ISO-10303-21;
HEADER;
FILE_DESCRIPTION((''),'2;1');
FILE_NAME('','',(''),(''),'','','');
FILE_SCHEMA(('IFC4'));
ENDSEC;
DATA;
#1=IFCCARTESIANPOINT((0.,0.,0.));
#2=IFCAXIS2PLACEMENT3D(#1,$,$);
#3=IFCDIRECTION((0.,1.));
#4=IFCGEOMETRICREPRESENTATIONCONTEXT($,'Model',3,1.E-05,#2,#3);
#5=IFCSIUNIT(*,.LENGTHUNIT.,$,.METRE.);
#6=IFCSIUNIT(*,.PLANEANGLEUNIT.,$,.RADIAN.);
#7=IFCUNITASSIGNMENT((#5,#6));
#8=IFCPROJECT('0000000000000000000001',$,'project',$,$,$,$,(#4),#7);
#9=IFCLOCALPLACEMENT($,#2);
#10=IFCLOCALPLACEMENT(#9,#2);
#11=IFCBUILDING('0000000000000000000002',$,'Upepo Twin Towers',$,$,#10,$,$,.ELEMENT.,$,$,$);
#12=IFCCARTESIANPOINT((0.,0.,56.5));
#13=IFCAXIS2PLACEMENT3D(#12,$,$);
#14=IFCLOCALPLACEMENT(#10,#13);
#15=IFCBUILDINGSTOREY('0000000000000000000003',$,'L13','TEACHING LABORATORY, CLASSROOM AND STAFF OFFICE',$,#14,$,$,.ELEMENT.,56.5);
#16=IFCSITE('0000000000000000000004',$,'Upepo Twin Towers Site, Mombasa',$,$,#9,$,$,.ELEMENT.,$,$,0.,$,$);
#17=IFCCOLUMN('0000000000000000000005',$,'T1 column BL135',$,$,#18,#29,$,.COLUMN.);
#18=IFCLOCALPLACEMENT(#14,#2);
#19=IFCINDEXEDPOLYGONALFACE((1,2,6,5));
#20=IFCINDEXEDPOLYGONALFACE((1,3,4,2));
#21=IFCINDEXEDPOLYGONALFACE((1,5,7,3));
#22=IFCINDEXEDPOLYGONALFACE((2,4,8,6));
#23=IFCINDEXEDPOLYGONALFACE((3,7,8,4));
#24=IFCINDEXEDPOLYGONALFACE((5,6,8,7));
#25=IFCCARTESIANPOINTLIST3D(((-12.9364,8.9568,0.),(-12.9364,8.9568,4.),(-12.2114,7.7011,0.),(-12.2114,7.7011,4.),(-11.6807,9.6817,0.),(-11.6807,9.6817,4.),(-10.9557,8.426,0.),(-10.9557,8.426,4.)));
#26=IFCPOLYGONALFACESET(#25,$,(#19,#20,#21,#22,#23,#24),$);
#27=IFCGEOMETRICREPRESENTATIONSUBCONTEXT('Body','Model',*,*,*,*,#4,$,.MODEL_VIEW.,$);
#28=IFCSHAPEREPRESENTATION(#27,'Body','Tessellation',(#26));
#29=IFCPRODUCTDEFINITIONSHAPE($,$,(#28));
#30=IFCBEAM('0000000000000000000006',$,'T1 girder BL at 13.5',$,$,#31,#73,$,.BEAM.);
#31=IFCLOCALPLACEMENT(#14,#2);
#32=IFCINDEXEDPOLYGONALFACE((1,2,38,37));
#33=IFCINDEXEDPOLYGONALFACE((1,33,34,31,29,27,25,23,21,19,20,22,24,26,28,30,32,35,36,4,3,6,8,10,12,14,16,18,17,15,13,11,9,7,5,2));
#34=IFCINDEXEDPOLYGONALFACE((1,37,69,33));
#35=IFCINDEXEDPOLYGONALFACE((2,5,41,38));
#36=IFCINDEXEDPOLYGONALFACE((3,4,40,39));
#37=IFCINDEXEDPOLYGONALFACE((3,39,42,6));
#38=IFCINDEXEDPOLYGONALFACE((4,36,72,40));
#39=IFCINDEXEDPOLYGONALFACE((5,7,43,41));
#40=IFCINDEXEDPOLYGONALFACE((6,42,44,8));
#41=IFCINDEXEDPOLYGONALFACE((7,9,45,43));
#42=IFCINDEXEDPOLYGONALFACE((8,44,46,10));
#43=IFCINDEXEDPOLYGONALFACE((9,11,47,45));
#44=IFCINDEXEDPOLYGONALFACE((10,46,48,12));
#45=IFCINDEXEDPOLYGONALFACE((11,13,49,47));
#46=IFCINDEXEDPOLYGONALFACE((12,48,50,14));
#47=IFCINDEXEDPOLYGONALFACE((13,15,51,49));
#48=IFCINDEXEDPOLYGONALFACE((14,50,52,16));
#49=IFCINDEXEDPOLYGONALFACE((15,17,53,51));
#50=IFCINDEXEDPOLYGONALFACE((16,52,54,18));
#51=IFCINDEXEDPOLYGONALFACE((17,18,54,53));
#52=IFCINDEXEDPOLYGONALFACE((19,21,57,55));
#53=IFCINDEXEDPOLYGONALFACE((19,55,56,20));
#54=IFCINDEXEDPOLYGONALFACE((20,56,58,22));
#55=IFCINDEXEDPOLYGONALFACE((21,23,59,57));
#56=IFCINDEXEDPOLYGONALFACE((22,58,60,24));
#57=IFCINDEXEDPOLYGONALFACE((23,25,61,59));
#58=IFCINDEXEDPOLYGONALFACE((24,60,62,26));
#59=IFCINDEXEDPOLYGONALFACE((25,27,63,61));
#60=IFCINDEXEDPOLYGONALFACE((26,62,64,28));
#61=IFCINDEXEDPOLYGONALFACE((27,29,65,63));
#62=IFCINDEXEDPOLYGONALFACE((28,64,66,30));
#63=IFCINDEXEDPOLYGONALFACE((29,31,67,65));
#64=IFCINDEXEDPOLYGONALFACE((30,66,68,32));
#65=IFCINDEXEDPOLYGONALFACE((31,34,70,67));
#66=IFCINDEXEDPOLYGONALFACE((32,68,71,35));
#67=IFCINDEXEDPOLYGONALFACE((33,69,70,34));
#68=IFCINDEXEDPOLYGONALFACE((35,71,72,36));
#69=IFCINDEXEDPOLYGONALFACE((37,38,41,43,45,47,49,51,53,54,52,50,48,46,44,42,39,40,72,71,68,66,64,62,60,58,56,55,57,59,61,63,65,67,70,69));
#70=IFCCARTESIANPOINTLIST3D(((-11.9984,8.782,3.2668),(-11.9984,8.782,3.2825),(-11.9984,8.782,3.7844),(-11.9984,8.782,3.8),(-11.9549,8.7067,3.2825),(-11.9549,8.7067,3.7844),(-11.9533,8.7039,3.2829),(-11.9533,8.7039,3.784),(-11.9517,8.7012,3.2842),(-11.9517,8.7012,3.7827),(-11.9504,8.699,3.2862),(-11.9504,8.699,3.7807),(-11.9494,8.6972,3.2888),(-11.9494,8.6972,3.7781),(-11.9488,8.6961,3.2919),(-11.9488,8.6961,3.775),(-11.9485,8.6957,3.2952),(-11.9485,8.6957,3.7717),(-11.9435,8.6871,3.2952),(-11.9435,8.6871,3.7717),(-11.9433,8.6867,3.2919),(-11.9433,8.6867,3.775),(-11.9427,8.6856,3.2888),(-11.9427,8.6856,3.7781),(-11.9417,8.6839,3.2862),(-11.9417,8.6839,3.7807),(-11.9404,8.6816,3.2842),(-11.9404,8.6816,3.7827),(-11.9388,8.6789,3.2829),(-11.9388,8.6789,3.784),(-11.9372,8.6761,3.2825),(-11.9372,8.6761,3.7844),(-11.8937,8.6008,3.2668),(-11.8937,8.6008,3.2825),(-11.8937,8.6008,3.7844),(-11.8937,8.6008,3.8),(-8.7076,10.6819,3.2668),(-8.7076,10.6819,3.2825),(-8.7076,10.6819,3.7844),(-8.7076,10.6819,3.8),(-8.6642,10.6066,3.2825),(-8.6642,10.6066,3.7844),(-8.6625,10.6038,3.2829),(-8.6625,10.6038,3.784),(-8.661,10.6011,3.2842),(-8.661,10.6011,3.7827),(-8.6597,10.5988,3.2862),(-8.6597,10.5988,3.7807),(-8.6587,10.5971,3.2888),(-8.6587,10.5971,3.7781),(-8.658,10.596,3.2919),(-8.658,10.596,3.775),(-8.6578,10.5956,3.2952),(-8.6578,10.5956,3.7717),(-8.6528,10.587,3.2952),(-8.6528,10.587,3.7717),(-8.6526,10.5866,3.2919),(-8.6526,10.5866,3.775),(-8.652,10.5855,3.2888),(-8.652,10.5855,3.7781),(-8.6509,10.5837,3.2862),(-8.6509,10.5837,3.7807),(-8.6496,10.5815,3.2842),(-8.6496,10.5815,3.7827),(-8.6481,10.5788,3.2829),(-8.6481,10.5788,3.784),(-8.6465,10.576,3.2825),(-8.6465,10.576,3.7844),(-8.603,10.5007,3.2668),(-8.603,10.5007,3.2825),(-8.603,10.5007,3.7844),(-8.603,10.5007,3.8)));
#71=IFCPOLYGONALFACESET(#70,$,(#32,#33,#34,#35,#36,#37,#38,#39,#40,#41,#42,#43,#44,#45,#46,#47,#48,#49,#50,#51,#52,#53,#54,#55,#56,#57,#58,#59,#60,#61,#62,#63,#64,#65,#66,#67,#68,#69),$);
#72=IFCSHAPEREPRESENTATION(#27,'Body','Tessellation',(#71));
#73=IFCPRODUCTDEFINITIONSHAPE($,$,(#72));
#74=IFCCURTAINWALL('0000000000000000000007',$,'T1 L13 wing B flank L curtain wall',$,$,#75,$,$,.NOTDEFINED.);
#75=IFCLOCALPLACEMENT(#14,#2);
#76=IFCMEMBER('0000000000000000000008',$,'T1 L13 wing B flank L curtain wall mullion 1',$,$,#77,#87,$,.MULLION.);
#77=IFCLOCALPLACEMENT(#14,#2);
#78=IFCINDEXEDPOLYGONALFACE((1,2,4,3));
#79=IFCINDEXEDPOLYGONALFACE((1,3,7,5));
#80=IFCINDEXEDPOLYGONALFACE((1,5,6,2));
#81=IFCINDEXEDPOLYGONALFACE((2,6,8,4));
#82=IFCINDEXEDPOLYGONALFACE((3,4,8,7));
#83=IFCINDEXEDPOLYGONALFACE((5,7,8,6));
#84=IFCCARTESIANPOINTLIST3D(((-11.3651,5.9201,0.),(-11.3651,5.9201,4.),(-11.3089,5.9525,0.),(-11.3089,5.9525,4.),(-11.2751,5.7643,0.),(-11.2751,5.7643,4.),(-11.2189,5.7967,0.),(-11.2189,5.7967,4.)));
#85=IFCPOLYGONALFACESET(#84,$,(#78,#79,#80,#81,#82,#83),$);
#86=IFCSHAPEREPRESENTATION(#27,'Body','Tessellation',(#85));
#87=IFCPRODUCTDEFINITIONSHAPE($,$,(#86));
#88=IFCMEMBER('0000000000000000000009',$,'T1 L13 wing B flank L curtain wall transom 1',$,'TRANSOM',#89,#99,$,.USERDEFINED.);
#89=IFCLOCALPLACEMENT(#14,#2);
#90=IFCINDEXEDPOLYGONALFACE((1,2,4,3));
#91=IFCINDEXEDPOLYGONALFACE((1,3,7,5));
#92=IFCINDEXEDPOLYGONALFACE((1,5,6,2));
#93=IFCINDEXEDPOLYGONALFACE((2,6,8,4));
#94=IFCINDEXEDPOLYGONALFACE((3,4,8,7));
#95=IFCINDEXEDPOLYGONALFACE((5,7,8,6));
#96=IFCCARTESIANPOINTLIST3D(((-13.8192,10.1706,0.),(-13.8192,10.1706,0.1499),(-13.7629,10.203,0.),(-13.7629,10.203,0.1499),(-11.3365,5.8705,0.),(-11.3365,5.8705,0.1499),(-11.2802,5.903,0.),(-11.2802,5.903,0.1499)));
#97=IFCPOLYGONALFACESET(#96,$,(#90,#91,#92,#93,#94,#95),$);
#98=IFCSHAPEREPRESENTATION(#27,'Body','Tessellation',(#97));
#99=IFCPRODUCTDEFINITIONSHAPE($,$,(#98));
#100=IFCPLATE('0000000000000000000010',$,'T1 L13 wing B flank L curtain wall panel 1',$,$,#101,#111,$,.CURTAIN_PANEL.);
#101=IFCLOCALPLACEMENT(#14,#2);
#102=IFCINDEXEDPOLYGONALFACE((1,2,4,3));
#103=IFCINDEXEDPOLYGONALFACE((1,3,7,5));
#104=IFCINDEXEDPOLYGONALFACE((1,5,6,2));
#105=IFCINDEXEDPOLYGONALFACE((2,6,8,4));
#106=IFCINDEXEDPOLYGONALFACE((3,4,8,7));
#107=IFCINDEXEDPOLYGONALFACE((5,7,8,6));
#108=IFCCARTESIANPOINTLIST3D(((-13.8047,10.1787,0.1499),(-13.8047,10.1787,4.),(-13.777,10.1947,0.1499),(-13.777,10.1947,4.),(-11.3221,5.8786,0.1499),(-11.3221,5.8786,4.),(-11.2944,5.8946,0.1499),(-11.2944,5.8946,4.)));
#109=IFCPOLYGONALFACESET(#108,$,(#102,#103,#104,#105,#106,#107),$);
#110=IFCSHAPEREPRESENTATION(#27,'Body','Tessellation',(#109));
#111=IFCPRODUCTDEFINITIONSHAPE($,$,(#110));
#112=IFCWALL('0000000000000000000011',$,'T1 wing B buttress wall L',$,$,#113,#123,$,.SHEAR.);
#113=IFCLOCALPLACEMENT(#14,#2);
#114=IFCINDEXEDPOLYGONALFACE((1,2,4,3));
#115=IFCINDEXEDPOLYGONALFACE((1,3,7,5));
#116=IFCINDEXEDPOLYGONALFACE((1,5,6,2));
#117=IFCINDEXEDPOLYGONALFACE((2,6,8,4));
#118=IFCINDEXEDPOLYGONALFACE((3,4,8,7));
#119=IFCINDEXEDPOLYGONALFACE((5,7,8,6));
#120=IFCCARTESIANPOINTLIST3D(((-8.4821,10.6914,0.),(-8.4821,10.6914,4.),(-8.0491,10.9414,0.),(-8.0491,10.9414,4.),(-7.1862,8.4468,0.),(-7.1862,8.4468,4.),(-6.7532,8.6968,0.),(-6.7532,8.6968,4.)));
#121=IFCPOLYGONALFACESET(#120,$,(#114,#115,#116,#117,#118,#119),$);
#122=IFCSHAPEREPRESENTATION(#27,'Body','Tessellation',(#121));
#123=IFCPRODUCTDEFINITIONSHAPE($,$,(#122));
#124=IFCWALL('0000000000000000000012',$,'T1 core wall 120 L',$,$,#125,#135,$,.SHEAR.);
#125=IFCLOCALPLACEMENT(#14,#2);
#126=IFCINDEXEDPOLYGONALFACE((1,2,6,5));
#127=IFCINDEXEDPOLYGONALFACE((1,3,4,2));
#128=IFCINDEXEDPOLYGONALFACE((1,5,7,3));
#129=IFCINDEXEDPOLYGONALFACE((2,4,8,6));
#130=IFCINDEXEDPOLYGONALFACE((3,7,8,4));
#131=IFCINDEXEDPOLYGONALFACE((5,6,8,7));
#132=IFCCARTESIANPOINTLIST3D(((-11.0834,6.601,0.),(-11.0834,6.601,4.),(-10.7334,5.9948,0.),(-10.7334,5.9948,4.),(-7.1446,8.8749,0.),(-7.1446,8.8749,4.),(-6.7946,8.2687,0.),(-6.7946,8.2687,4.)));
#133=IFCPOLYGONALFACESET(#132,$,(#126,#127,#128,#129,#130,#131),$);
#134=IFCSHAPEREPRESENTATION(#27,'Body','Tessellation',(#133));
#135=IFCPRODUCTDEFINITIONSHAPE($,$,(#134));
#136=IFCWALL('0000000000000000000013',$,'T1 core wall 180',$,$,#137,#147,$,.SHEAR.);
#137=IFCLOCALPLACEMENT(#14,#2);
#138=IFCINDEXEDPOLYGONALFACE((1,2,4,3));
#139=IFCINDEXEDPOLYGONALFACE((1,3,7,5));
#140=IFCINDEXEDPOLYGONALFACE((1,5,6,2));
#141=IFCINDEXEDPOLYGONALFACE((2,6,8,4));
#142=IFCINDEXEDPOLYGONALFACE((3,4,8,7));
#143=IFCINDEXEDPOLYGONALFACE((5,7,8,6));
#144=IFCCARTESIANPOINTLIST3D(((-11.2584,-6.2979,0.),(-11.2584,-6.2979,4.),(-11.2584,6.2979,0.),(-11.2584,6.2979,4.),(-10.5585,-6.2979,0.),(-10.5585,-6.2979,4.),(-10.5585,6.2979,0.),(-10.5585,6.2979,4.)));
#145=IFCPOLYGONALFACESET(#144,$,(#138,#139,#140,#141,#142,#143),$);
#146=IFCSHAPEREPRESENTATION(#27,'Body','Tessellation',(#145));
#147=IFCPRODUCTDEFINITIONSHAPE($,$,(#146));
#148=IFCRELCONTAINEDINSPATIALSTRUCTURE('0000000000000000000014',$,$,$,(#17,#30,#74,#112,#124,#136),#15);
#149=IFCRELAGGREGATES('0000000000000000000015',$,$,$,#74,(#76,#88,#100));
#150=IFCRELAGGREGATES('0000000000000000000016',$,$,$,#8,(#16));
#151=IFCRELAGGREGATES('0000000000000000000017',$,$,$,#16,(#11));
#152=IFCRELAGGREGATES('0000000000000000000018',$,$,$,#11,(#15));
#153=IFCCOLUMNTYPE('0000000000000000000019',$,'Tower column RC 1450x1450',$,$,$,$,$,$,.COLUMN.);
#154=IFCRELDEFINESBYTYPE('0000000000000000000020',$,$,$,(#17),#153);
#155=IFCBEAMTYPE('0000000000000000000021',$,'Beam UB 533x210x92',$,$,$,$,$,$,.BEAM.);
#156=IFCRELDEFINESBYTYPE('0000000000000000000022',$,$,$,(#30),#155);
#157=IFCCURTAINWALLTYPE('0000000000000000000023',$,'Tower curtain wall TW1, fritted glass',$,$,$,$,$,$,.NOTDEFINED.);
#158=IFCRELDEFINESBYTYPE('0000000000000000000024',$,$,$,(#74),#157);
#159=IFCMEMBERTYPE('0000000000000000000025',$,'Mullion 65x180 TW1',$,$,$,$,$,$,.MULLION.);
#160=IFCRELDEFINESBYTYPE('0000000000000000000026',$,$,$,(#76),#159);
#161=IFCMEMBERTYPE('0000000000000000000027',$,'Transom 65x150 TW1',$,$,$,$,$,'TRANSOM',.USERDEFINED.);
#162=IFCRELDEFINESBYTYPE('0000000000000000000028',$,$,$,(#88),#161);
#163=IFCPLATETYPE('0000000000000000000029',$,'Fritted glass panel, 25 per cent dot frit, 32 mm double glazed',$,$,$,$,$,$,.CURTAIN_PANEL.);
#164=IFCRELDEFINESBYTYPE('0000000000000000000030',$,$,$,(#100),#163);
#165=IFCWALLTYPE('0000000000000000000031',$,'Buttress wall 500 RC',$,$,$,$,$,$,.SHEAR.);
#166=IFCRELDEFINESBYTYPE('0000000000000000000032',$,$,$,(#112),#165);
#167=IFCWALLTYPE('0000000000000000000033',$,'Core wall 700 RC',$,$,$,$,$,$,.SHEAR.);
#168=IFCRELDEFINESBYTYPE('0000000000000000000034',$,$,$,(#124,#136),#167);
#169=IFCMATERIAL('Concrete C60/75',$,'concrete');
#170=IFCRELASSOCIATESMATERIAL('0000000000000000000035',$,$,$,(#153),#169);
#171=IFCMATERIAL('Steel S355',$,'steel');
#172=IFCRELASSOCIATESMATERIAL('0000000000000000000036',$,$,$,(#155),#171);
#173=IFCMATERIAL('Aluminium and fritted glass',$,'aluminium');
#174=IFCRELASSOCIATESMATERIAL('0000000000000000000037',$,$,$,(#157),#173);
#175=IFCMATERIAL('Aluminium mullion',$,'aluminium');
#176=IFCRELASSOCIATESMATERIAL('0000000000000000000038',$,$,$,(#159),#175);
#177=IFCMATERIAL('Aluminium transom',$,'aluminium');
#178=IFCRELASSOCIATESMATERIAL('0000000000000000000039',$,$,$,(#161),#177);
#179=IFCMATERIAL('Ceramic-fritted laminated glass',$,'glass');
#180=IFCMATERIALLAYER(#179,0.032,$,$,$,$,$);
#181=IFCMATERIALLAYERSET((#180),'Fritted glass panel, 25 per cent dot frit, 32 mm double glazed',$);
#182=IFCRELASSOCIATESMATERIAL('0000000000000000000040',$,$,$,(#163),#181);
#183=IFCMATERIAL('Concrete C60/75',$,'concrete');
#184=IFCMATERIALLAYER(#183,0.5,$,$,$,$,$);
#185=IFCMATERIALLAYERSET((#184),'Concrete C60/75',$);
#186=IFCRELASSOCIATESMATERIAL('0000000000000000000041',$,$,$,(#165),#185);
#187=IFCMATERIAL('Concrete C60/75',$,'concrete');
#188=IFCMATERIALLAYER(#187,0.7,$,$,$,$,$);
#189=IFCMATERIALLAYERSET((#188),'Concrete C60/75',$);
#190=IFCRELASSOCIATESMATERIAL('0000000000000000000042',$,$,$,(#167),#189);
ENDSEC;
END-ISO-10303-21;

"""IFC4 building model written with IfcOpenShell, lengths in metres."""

from ifc_helpers import new_model, si_unit, direction, frame, frame_2d, origin, origin_2d, place, context, subcontext, project, spatial, rectangle, i_section, extrude, material, layer, layer_set, material_profile, profile_set, type_object, element, aggregate, save


model = new_model("IFC4")

# Units and contexts
model_context = context("Model", 3, precision=1e-05, world=origin(), true_north=direction((0.0, 1.0)))
body_context = subcontext(model_context, "Body", "Model", "MODEL_VIEW")
ifc_project = project(units=[si_unit("LENGTHUNIT", "METRE"), si_unit("PLANEANGLEUNIT", "RADIAN")], contexts=[model_context])

# Site, building, storey
site_placement = place(None, origin())
site = spatial("IfcSite", under=ifc_project, at=site_placement, Name="Upepo Twin Towers Site, Mombasa", CompositionType="ELEMENT", RefElevation=0.0)
building_placement = place(site_placement, origin())
building = spatial("IfcBuilding", under=site, at=building_placement, Name="Upepo Twin Towers", CompositionType="ELEMENT")
storey_placement = place(building_placement, frame((0.0, 0.0, 56.5)))
storey = spatial("IfcBuildingStorey", under=building, at=storey_placement, Name="L13", Description="TEACHING LABORATORY, CLASSROOM AND STAFF OFFICE", CompositionType="ELEMENT", Elevation=56.5)

# Column
ifc_material_1 = material(Name="Concrete C60/75", Category="concrete")
ifc_material_profile_1 = material_profile(ifc_material_1, rectangle(XDim=1.45, YDim=1.45, at=origin_2d()), Name="RC 1450x1450")
ifc_profile_set_1 = profile_set([ifc_material_profile_1], Name="Concrete C60/75")
column_type = type_object("IfcColumnType", Name="Tower column RC 1450x1450", PredefinedType="COLUMN", material=ifc_profile_set_1)
column_placement = place(storey_placement, frame((-11.946, 8.6914, 0.0), z_axis=(0.0, 0.0, 1.0), x_axis=(0.866025, 0.5, 0.0)))
element("IfcColumn", 1, at=column_placement, inside=storey, type_object=column_type, Name="T1 column BL135", PredefinedType="COLUMN", context=body_context, shape_type="SweptSolid", body=[
    extrude(rectangle(XDim=1.45, YDim=1.45, at=origin_2d()), origin(), (0.0, 0.0, 1.0), 4.0),
])

# Beam
ifc_material_2 = material(Name="Steel S355", Category="steel")
ifc_material_profile_2 = material_profile(ifc_material_2, i_section(OverallWidth=0.2092, OverallDepth=0.5332, WebThickness=0.01, FlangeThickness=0.0156, FilletRadius=0.0127, at=origin_2d()), Name="UB 533x210x92")
ifc_profile_set_2 = profile_set([ifc_material_profile_2], Name="Steel S355")
beam_type = type_object("IfcBeamType", Name="Beam UB 533x210x92", PredefinedType="BEAM", material=ifc_profile_set_2)
beam_placement = place(storey_placement, frame((-11.946, 8.6914, 3.5334), z_axis=(0.866028, 0.499995, 0.0), x_axis=(-0.499995, 0.866028, 0.0)))
element("IfcBeam", 2, at=beam_placement, inside=storey, type_object=beam_type, Name="T1 girder BL at 13.5", PredefinedType="BEAM", context=body_context, shape_type="SweptSolid", body=[
    extrude(i_section(OverallWidth=0.2092, OverallDepth=0.5332, WebThickness=0.01, FlangeThickness=0.0156, FilletRadius=0.0127, at=origin_2d()), origin(), (0.0, 0.0, 1.0), 3.7998),
])

# Curtain wall, members, plate
ifc_material_3 = material(Name="Aluminium and fritted glass", Category="aluminium")
curtain_wall_type = type_object("IfcCurtainWallType", Name="Tower curtain wall TW1, fritted glass", PredefinedType="NOTDEFINED", material=ifc_material_3)
curtain_wall_placement = place(storey_placement, origin())
curtain_wall = element("IfcCurtainWall", 3, at=curtain_wall_placement, inside=storey, type_object=curtain_wall_type, Name="T1 L13 wing B flank L curtain wall", PredefinedType="NOTDEFINED")
ifc_material_4 = material(Name="Aluminium mullion", Category="aluminium")
ifc_material_profile_3 = material_profile(ifc_material_4, rectangle(XDim=0.0649, YDim=0.1799, at=origin_2d()), Name="MULLION 65x180")
ifc_profile_set_3 = profile_set([ifc_material_profile_3], Name="Aluminium mullion")
member_type_1 = type_object("IfcMemberType", Name="Mullion 65x180 TW1", PredefinedType="MULLION", material=ifc_profile_set_3)
member_1_placement = place(storey_placement, frame((-11.292, 5.8584, 0.0), z_axis=(0.0, 0.0, 1.0), x_axis=(-0.866025, -0.5, 0.0)))
member_1 = element("IfcMember", 4, at=member_1_placement, type_object=member_type_1, Name="T1 L13 wing B flank L curtain wall mullion 1", PredefinedType="MULLION", context=body_context, shape_type="SweptSolid", body=[
    extrude(rectangle(XDim=0.0649, YDim=0.1799, at=origin_2d()), origin(), (0.0, 0.0, 1.0), 4.0),
])
ifc_material_5 = material(Name="Aluminium transom", Category="aluminium")
ifc_material_profile_4 = material_profile(ifc_material_5, rectangle(XDim=0.0649, YDim=0.1499, at=origin_2d()), Name="TRANSOM 65x150")
ifc_profile_set_4 = profile_set([ifc_material_profile_4], Name="Aluminium transom")
member_type_2 = type_object("IfcMemberType", Name="Transom 65x150 TW1", ElementType="TRANSOM", PredefinedType="USERDEFINED", material=ifc_profile_set_4)
member_2_placement = place(storey_placement, frame((-11.3083, 5.8867, 0.075), z_axis=(-0.500005, 0.866023, 0.0), x_axis=(-0.866023, -0.500005, 0.0)))
member_2 = element("IfcMember", 5, at=member_2_placement, type_object=member_type_2, Name="T1 L13 wing B flank L curtain wall transom 1", ObjectType="TRANSOM", PredefinedType="USERDEFINED", context=body_context, shape_type="SweptSolid", body=[
    extrude(rectangle(XDim=0.0649, YDim=0.1499, at=origin_2d()), origin(), (0.0, 0.0, 1.0), 4.9653),
])
ifc_material_6 = material(Name="Ceramic-fritted laminated glass", Category="glass")
ifc_layer_1 = layer(ifc_material_6, 0.032)
ifc_layer_set_1 = layer_set([ifc_layer_1], Name="Fritted glass panel, 25 per cent dot frit, 32 mm double glazed")
plate_type = type_object("IfcPlateType", Name="Fritted glass panel, 25 per cent dot frit, 32 mm double glazed", PredefinedType="CURTAIN_PANEL", material=ifc_layer_set_1)
plate_placement = place(storey_placement, frame((-12.5496, 8.0366, 0.1499), z_axis=(0.0, 0.0, 1.0), x_axis=(-0.5, 0.866025, 0.0)))
plate = element("IfcPlate", 6, at=plate_placement, type_object=plate_type, Name="T1 L13 wing B flank L curtain wall panel 1", PredefinedType="CURTAIN_PANEL", context=body_context, shape_type="SweptSolid", body=[
    extrude(rectangle(XDim=4.9653, YDim=0.032, at=origin_2d()), origin(), (0.0, 0.0, 1.0), 3.8501),
])
aggregate(curtain_wall, [member_1, member_2, plate])

# Walls
ifc_material_7 = material(Name="Concrete C60/75", Category="concrete")
ifc_layer_2 = layer(ifc_material_7, 0.5)
ifc_layer_set_2 = layer_set([ifc_layer_2], Name="Concrete C60/75")
wall_type_1 = type_object("IfcWallType", Name="Buttress wall 500 RC", PredefinedType="SHEAR", material=ifc_layer_set_2)
wall_1_placement = place(storey_placement, frame((-6.9697, 8.5718, 0.0), z_axis=(0.0, 0.0, 1.0), x_axis=(-0.499989, 0.866032, 0.0)))
element("IfcWall", 7, at=wall_1_placement, inside=storey, type_object=wall_type_1, Name="T1 wing B buttress wall L", PredefinedType="SHEAR", context=body_context, shape_type="SweptSolid", body=[
    extrude(rectangle(XDim=2.5918, YDim=0.5, at=frame_2d((1.2959, 0.0))), origin(), (0.0, 0.0, 1.0), 4.0),
])
ifc_material_8 = material(Name="Concrete C60/75", Category="concrete")
ifc_layer_3 = layer(ifc_material_8, 0.7)
ifc_layer_set_3 = layer_set([ifc_layer_3], Name="Concrete C60/75")
wall_type_2 = type_object("IfcWallType", Name="Core wall 700 RC", PredefinedType="SHEAR", material=ifc_layer_set_3)
wall_2_placement = place(storey_placement, frame((-6.9697, 8.5718, 0.0), z_axis=(0.0, 0.0, 1.0), x_axis=(-0.866035, -0.499984, 0.0)))
element("IfcWall", 8, at=wall_2_placement, inside=storey, type_object=wall_type_2, Name="T1 core wall 120 L", PredefinedType="SHEAR", context=body_context, shape_type="SweptSolid", body=[
    extrude(rectangle(XDim=4.5481, YDim=0.7, at=frame_2d((2.2739, 0.0))), origin(), (0.0, 0.0, 1.0), 4.0),
])
wall_3_placement = place(storey_placement, frame((-10.9084, 6.2979, 0.0), z_axis=(0.0, 0.0, 1.0), x_axis=(0.0, -1.0, 0.0)))
element("IfcWall", 9, at=wall_3_placement, inside=storey, type_object=wall_type_2, Name="T1 core wall 180", PredefinedType="SHEAR", context=body_context, shape_type="SweptSolid", body=[
    extrude(rectangle(XDim=12.5957, YDim=0.7, at=frame_2d((6.2979, 0.0))), origin(), (0.0, 0.0, 1.0), 4.0),
])

save(model, "model.ifc")
